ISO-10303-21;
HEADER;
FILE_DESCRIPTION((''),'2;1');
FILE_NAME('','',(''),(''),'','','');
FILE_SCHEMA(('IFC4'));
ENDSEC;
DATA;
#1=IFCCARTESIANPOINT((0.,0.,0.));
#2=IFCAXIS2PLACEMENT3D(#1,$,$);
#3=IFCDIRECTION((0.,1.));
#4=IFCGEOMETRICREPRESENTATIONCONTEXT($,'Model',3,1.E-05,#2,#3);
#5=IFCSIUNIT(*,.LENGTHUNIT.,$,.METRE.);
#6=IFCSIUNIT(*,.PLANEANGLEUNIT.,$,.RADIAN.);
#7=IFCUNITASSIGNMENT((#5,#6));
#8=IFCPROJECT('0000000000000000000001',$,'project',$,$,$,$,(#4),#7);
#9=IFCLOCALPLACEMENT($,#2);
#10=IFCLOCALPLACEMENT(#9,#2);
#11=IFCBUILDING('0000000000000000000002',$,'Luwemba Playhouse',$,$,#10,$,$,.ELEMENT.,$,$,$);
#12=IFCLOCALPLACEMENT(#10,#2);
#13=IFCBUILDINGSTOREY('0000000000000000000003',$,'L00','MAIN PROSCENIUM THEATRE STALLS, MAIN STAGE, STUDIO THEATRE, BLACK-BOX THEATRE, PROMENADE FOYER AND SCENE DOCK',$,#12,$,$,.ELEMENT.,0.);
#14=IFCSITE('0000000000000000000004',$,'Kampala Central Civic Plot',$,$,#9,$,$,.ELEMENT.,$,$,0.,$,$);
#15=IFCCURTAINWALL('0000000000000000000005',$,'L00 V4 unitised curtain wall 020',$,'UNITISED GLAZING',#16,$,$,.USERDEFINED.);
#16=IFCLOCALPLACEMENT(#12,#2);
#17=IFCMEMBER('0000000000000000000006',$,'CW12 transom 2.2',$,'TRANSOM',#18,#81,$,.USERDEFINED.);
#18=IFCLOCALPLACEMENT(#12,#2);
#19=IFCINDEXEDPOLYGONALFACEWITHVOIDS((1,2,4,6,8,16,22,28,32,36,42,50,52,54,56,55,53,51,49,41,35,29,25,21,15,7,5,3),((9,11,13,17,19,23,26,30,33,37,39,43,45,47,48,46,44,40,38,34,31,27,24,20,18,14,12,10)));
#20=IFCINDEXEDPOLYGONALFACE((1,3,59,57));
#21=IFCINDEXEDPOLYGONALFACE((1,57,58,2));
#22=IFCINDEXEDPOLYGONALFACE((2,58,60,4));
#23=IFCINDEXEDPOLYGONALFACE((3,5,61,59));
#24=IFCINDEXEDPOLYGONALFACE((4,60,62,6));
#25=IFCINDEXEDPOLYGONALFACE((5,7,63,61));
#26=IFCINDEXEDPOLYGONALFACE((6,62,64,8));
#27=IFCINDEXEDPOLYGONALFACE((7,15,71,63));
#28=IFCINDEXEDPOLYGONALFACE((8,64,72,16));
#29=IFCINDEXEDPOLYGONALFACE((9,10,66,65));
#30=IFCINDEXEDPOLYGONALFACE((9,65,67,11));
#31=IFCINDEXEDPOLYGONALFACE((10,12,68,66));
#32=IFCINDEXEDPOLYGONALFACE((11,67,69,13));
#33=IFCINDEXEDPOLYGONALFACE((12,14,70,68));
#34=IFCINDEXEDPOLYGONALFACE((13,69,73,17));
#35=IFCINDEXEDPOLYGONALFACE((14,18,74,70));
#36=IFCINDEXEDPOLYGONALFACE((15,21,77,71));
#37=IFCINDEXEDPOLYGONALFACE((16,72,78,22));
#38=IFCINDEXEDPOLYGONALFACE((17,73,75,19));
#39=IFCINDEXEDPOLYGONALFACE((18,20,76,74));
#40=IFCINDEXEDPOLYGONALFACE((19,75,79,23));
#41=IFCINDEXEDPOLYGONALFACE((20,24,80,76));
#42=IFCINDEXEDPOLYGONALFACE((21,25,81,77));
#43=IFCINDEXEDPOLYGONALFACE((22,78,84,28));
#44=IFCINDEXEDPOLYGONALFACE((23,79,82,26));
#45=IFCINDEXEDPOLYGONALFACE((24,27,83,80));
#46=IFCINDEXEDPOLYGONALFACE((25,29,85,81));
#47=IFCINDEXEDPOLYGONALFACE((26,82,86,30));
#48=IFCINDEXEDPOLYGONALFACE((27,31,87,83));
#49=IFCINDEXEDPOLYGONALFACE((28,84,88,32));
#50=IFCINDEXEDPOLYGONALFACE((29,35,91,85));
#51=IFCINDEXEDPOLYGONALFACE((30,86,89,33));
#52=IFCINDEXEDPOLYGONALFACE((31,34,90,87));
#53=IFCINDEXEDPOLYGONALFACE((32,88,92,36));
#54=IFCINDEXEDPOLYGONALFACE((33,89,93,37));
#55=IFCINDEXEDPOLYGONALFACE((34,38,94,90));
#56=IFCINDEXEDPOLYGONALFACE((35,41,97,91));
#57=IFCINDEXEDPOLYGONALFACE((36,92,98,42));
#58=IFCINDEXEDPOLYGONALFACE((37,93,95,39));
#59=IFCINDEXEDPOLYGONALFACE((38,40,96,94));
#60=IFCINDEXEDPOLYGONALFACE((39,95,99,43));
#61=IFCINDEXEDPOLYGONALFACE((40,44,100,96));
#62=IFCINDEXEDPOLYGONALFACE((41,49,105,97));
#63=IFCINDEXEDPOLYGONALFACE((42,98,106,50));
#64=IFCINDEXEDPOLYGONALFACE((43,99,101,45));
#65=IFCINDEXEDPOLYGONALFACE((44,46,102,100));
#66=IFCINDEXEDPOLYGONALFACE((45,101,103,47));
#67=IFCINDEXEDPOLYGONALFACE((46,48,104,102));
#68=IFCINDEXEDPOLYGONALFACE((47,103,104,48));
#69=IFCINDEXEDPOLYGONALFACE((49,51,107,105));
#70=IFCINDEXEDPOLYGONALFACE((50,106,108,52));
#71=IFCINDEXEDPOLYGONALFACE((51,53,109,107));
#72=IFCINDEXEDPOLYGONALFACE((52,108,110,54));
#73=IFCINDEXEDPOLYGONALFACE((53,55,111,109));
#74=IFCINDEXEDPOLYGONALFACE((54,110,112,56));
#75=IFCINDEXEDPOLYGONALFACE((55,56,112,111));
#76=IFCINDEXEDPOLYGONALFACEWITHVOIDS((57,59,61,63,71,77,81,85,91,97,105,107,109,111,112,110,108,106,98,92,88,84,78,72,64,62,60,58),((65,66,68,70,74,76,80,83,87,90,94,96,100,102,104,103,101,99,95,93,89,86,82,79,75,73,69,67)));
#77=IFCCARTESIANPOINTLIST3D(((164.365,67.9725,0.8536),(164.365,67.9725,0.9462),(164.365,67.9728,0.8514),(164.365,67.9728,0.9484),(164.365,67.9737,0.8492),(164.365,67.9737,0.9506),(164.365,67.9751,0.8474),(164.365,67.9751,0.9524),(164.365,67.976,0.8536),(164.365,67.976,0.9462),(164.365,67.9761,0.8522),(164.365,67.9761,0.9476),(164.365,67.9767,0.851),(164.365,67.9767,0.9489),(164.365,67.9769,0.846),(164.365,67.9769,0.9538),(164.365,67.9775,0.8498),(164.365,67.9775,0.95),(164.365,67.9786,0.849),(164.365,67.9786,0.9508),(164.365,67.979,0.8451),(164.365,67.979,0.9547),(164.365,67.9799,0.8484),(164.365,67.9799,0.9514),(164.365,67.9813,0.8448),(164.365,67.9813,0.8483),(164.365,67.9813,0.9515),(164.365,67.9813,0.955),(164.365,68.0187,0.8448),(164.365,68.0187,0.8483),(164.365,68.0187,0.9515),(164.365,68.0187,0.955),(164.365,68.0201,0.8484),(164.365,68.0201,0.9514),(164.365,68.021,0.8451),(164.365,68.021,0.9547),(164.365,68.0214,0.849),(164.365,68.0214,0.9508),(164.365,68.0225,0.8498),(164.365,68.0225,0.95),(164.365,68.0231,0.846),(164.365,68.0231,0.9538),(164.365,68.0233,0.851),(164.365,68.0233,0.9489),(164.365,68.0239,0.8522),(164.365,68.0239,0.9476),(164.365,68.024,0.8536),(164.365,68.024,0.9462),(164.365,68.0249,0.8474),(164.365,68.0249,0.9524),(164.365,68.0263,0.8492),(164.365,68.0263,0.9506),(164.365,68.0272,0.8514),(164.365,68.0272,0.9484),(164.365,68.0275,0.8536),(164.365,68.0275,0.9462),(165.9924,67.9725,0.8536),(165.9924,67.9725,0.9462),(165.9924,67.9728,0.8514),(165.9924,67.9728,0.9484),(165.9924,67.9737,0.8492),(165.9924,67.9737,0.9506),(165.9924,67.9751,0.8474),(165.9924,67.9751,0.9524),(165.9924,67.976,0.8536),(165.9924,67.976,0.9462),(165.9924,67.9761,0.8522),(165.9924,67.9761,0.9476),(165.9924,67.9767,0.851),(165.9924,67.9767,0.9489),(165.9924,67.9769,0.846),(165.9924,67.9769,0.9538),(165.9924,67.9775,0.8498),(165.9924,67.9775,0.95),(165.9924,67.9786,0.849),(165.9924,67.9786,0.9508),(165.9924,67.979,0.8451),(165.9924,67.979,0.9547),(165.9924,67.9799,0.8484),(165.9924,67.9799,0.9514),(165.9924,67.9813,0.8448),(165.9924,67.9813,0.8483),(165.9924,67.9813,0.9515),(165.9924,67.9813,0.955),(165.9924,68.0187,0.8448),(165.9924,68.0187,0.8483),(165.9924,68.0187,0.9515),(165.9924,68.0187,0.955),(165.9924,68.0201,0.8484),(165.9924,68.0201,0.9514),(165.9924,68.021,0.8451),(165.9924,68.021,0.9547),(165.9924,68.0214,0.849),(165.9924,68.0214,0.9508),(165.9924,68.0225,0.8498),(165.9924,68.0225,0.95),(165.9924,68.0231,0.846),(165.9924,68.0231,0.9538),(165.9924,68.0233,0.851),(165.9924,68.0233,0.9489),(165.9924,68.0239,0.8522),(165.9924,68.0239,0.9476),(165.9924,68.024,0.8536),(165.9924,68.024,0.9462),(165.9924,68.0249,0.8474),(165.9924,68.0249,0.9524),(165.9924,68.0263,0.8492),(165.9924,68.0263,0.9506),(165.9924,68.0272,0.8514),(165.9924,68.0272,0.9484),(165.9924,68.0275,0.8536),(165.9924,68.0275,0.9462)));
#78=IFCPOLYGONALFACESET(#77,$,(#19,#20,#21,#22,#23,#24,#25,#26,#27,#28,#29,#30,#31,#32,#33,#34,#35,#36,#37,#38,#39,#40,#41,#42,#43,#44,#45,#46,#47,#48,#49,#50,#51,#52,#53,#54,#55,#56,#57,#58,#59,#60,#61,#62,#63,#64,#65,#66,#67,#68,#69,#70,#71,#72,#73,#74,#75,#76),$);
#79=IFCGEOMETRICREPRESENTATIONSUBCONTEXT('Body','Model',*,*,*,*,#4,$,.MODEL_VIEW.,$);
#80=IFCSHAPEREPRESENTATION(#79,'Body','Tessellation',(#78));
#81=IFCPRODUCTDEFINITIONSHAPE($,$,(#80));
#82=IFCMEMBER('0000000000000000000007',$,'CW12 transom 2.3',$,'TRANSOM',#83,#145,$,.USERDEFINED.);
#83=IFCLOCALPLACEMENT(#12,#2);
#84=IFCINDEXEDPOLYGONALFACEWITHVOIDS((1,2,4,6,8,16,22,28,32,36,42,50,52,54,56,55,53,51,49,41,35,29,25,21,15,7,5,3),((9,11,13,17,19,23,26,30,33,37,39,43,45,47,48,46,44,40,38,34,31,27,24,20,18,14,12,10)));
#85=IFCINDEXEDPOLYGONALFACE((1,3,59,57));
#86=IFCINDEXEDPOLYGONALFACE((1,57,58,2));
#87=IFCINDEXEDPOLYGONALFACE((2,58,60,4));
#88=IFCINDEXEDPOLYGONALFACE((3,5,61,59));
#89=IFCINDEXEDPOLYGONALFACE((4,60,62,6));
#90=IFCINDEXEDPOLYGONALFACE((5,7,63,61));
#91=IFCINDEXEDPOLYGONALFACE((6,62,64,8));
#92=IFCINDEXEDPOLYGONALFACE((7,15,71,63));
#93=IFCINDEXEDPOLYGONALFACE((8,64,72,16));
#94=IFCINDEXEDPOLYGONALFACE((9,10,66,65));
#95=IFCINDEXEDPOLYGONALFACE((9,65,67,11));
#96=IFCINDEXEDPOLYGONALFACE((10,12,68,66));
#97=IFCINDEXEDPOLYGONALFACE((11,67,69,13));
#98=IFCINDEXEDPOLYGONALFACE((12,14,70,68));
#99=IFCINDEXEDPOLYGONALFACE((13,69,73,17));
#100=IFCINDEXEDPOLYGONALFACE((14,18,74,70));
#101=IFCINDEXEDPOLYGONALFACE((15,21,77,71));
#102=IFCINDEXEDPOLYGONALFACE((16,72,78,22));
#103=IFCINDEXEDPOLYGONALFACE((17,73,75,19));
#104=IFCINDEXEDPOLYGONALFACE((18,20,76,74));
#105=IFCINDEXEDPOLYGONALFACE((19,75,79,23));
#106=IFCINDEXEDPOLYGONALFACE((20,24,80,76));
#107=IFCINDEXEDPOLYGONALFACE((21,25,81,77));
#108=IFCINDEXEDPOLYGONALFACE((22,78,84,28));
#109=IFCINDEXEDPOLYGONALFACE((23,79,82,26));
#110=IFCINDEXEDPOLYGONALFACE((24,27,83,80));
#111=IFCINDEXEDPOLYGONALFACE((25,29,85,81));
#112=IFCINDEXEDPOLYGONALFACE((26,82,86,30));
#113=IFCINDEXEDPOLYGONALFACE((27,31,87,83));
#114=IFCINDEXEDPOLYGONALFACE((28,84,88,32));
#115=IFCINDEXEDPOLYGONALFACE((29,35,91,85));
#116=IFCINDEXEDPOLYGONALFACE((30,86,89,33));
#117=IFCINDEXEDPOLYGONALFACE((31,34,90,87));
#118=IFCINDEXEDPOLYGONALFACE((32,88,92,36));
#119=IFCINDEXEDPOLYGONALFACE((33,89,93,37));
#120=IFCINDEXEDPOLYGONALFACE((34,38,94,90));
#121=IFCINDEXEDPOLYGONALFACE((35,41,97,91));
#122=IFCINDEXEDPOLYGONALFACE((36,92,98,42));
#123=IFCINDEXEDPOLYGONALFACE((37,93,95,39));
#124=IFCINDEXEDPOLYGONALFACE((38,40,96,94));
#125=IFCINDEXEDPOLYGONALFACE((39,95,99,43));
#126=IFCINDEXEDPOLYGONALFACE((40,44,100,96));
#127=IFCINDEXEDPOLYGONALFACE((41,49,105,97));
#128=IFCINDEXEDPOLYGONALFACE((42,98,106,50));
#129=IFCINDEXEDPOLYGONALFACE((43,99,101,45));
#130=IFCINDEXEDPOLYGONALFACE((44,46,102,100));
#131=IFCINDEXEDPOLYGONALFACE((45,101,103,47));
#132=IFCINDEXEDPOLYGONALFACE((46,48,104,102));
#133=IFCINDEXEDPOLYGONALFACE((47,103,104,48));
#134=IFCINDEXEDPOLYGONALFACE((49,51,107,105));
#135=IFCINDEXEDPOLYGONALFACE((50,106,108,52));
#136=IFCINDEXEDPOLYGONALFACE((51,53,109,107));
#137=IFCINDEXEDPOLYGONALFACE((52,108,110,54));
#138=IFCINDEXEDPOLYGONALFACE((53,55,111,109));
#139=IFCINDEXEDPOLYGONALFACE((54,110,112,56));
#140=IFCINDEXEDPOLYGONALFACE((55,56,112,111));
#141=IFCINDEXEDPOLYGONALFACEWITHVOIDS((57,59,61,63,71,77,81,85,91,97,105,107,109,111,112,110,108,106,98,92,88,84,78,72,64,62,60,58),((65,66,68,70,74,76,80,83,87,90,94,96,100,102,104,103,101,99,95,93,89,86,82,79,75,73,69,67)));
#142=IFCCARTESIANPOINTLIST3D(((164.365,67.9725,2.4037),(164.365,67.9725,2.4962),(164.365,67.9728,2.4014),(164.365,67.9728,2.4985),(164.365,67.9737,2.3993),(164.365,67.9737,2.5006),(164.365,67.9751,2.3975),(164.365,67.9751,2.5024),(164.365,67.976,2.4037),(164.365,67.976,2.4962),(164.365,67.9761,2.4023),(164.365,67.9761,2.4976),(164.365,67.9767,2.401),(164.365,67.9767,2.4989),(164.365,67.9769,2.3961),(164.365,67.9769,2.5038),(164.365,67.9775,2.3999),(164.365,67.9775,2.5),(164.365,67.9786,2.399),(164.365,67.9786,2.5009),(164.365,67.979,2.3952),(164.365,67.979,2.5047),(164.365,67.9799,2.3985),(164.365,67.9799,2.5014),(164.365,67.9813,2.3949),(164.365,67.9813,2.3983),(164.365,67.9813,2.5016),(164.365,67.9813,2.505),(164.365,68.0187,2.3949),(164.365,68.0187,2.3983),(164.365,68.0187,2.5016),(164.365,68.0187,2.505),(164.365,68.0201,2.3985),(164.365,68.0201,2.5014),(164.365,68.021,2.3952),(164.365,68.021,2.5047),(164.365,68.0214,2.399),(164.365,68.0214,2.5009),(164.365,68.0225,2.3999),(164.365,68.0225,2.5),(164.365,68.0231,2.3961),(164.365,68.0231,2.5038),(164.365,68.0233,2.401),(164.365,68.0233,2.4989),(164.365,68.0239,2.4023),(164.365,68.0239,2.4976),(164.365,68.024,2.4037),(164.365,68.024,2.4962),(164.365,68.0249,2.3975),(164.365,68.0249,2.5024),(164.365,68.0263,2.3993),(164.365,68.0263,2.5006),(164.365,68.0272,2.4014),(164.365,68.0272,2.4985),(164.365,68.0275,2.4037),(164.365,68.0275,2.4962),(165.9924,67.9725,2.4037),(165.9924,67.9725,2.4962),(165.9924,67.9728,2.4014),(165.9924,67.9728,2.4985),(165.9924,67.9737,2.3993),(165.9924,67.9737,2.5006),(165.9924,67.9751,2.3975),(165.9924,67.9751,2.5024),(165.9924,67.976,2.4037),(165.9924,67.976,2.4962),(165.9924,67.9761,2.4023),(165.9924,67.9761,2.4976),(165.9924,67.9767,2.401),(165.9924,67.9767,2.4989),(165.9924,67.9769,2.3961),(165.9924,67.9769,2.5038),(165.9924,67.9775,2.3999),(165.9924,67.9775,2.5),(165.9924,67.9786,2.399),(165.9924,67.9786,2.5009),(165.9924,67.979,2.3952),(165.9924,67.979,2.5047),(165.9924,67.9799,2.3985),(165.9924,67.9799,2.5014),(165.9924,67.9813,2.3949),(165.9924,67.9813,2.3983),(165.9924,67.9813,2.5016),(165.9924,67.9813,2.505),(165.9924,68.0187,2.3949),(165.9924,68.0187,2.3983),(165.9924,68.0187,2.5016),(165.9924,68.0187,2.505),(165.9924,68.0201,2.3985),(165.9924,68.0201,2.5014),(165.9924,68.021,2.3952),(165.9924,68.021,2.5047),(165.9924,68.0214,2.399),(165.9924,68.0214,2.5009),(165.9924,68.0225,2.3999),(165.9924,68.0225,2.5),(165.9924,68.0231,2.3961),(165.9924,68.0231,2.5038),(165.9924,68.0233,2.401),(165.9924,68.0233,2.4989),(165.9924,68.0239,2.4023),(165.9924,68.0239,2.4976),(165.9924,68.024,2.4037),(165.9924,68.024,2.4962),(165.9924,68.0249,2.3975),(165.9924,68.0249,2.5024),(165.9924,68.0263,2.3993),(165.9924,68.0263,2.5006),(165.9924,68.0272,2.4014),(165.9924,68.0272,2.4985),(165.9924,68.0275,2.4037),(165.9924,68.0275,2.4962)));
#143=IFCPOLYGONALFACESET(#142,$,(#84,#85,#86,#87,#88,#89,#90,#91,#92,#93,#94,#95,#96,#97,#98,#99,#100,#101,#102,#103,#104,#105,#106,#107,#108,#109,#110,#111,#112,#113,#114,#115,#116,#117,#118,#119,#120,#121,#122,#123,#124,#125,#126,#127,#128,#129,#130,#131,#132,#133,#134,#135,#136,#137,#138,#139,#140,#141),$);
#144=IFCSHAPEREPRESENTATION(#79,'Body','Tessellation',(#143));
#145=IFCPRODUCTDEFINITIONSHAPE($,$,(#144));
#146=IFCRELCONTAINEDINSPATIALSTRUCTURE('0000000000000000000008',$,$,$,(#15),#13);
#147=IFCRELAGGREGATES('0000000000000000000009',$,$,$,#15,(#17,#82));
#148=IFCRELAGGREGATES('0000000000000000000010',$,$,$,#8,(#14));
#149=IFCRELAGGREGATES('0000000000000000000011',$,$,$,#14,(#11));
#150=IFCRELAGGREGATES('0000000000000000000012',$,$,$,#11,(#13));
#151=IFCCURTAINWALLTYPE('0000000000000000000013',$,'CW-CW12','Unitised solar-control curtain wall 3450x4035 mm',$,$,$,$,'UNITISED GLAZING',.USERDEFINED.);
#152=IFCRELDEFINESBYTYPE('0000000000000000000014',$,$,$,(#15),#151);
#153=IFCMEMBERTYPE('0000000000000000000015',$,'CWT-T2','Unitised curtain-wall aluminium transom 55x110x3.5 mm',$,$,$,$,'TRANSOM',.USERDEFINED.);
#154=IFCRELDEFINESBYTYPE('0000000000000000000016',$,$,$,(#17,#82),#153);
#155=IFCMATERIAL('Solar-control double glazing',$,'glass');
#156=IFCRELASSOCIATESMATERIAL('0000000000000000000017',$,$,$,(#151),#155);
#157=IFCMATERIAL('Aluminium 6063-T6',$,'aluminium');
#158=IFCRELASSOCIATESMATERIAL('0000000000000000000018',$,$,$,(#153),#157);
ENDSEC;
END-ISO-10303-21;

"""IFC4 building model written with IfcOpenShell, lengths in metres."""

from ifc_helpers import new_model, si_unit, direction, frame, origin, origin_2d, place, context, subcontext, project, spatial, hollow_rectangle, extrude, material, material_profile, profile_set, type_object, element, aggregate, save


model = new_model("IFC4")

# Units and contexts
model_context = context("Model", 3, precision=1e-05, world=origin(), true_north=direction((0.0, 1.0)))
body_context = subcontext(model_context, "Body", "Model", "MODEL_VIEW")
ifc_project = project(units=[si_unit("LENGTHUNIT", "METRE"), si_unit("PLANEANGLEUNIT", "RADIAN")], contexts=[model_context])

# Site, building, storey
site_placement = place(None, origin())
site = spatial("IfcSite", under=ifc_project, at=site_placement, Name="Kampala Central Civic Plot", CompositionType="ELEMENT", RefElevation=0.0)
building_placement = place(site_placement, origin())
building = spatial("IfcBuilding", under=site, at=building_placement, Name="Luwemba Playhouse", CompositionType="ELEMENT")
storey_placement = place(building_placement, origin())
storey = spatial("IfcBuildingStorey", under=building, at=storey_placement, Name="L00", Description="MAIN PROSCENIUM THEATRE STALLS, MAIN STAGE, STUDIO THEATRE, BLACK-BOX THEATRE, PROMENADE FOYER AND SCENE DOCK", CompositionType="ELEMENT", Elevation=0.0)

# Curtain wall, members
ifc_material_1 = material(Name="Solar-control double glazing", Category="glass")
curtain_wall_type = type_object("IfcCurtainWallType", Name="CW-CW12", Description="Unitised solar-control curtain wall 3450x4035 mm", ElementType="UNITISED GLAZING", PredefinedType="USERDEFINED", material=ifc_material_1)
curtain_wall_placement = place(storey_placement, origin())
curtain_wall = element("IfcCurtainWall", 1, at=curtain_wall_placement, inside=storey, type_object=curtain_wall_type, Name="L00 V4 unitised curtain wall 020", ObjectType="UNITISED GLAZING", PredefinedType="USERDEFINED")
ifc_material_2 = material(Name="Aluminium 6063-T6", Category="aluminium")
ifc_material_profile_1 = material_profile(ifc_material_2, hollow_rectangle(XDim=0.0549, YDim=0.1101, WallThickness=0.0034, InnerFilletRadius=0.0054, OuterFilletRadius=0.0088, at=origin_2d()))
ifc_profile_set_1 = profile_set([ifc_material_profile_1], Name="Aluminium 6063-T6")
member_type_1 = type_object("IfcMemberType", Name="CWT-T2", Description="Unitised curtain-wall aluminium transom 55x110x3.5 mm", ElementType="TRANSOM", PredefinedType="USERDEFINED", material=ifc_profile_set_1)
member_1_placement = place(storey_placement, frame((165.9924, 68.0, 0.8999), z_axis=(-1.0, 0.0, 0.0), x_axis=(0.0, -1.0, 0.0)))
member_1 = element("IfcMember", 2, at=member_1_placement, type_object=member_type_1, Name="CW12 transom 2.2", ObjectType="TRANSOM", PredefinedType="USERDEFINED", context=body_context, shape_type="SweptSolid", body=[
    extrude(hollow_rectangle(XDim=0.0549, YDim=0.1101, WallThickness=0.0034, InnerFilletRadius=0.0054, OuterFilletRadius=0.0088, at=origin_2d()), origin(), (0.0, 0.0, 1.0), 1.6274),
])
member_2_placement = place(storey_placement, frame((165.9924, 68.0, 2.45), z_axis=(-1.0, 0.0, 0.0), x_axis=(0.0, -1.0, 0.0)))
member_2 = element("IfcMember", 3, at=member_2_placement, type_object=member_type_1, Name="CW12 transom 2.3", ObjectType="TRANSOM", PredefinedType="USERDEFINED", context=body_context, shape_type="SweptSolid", body=[
    extrude(hollow_rectangle(XDim=0.0549, YDim=0.1101, WallThickness=0.0034, InnerFilletRadius=0.0054, OuterFilletRadius=0.0088, at=origin_2d()), origin(), (0.0, 0.0, 1.0), 1.6274),
])
aggregate(curtain_wall, [member_1, member_2])

save(model, "model.ifc")
